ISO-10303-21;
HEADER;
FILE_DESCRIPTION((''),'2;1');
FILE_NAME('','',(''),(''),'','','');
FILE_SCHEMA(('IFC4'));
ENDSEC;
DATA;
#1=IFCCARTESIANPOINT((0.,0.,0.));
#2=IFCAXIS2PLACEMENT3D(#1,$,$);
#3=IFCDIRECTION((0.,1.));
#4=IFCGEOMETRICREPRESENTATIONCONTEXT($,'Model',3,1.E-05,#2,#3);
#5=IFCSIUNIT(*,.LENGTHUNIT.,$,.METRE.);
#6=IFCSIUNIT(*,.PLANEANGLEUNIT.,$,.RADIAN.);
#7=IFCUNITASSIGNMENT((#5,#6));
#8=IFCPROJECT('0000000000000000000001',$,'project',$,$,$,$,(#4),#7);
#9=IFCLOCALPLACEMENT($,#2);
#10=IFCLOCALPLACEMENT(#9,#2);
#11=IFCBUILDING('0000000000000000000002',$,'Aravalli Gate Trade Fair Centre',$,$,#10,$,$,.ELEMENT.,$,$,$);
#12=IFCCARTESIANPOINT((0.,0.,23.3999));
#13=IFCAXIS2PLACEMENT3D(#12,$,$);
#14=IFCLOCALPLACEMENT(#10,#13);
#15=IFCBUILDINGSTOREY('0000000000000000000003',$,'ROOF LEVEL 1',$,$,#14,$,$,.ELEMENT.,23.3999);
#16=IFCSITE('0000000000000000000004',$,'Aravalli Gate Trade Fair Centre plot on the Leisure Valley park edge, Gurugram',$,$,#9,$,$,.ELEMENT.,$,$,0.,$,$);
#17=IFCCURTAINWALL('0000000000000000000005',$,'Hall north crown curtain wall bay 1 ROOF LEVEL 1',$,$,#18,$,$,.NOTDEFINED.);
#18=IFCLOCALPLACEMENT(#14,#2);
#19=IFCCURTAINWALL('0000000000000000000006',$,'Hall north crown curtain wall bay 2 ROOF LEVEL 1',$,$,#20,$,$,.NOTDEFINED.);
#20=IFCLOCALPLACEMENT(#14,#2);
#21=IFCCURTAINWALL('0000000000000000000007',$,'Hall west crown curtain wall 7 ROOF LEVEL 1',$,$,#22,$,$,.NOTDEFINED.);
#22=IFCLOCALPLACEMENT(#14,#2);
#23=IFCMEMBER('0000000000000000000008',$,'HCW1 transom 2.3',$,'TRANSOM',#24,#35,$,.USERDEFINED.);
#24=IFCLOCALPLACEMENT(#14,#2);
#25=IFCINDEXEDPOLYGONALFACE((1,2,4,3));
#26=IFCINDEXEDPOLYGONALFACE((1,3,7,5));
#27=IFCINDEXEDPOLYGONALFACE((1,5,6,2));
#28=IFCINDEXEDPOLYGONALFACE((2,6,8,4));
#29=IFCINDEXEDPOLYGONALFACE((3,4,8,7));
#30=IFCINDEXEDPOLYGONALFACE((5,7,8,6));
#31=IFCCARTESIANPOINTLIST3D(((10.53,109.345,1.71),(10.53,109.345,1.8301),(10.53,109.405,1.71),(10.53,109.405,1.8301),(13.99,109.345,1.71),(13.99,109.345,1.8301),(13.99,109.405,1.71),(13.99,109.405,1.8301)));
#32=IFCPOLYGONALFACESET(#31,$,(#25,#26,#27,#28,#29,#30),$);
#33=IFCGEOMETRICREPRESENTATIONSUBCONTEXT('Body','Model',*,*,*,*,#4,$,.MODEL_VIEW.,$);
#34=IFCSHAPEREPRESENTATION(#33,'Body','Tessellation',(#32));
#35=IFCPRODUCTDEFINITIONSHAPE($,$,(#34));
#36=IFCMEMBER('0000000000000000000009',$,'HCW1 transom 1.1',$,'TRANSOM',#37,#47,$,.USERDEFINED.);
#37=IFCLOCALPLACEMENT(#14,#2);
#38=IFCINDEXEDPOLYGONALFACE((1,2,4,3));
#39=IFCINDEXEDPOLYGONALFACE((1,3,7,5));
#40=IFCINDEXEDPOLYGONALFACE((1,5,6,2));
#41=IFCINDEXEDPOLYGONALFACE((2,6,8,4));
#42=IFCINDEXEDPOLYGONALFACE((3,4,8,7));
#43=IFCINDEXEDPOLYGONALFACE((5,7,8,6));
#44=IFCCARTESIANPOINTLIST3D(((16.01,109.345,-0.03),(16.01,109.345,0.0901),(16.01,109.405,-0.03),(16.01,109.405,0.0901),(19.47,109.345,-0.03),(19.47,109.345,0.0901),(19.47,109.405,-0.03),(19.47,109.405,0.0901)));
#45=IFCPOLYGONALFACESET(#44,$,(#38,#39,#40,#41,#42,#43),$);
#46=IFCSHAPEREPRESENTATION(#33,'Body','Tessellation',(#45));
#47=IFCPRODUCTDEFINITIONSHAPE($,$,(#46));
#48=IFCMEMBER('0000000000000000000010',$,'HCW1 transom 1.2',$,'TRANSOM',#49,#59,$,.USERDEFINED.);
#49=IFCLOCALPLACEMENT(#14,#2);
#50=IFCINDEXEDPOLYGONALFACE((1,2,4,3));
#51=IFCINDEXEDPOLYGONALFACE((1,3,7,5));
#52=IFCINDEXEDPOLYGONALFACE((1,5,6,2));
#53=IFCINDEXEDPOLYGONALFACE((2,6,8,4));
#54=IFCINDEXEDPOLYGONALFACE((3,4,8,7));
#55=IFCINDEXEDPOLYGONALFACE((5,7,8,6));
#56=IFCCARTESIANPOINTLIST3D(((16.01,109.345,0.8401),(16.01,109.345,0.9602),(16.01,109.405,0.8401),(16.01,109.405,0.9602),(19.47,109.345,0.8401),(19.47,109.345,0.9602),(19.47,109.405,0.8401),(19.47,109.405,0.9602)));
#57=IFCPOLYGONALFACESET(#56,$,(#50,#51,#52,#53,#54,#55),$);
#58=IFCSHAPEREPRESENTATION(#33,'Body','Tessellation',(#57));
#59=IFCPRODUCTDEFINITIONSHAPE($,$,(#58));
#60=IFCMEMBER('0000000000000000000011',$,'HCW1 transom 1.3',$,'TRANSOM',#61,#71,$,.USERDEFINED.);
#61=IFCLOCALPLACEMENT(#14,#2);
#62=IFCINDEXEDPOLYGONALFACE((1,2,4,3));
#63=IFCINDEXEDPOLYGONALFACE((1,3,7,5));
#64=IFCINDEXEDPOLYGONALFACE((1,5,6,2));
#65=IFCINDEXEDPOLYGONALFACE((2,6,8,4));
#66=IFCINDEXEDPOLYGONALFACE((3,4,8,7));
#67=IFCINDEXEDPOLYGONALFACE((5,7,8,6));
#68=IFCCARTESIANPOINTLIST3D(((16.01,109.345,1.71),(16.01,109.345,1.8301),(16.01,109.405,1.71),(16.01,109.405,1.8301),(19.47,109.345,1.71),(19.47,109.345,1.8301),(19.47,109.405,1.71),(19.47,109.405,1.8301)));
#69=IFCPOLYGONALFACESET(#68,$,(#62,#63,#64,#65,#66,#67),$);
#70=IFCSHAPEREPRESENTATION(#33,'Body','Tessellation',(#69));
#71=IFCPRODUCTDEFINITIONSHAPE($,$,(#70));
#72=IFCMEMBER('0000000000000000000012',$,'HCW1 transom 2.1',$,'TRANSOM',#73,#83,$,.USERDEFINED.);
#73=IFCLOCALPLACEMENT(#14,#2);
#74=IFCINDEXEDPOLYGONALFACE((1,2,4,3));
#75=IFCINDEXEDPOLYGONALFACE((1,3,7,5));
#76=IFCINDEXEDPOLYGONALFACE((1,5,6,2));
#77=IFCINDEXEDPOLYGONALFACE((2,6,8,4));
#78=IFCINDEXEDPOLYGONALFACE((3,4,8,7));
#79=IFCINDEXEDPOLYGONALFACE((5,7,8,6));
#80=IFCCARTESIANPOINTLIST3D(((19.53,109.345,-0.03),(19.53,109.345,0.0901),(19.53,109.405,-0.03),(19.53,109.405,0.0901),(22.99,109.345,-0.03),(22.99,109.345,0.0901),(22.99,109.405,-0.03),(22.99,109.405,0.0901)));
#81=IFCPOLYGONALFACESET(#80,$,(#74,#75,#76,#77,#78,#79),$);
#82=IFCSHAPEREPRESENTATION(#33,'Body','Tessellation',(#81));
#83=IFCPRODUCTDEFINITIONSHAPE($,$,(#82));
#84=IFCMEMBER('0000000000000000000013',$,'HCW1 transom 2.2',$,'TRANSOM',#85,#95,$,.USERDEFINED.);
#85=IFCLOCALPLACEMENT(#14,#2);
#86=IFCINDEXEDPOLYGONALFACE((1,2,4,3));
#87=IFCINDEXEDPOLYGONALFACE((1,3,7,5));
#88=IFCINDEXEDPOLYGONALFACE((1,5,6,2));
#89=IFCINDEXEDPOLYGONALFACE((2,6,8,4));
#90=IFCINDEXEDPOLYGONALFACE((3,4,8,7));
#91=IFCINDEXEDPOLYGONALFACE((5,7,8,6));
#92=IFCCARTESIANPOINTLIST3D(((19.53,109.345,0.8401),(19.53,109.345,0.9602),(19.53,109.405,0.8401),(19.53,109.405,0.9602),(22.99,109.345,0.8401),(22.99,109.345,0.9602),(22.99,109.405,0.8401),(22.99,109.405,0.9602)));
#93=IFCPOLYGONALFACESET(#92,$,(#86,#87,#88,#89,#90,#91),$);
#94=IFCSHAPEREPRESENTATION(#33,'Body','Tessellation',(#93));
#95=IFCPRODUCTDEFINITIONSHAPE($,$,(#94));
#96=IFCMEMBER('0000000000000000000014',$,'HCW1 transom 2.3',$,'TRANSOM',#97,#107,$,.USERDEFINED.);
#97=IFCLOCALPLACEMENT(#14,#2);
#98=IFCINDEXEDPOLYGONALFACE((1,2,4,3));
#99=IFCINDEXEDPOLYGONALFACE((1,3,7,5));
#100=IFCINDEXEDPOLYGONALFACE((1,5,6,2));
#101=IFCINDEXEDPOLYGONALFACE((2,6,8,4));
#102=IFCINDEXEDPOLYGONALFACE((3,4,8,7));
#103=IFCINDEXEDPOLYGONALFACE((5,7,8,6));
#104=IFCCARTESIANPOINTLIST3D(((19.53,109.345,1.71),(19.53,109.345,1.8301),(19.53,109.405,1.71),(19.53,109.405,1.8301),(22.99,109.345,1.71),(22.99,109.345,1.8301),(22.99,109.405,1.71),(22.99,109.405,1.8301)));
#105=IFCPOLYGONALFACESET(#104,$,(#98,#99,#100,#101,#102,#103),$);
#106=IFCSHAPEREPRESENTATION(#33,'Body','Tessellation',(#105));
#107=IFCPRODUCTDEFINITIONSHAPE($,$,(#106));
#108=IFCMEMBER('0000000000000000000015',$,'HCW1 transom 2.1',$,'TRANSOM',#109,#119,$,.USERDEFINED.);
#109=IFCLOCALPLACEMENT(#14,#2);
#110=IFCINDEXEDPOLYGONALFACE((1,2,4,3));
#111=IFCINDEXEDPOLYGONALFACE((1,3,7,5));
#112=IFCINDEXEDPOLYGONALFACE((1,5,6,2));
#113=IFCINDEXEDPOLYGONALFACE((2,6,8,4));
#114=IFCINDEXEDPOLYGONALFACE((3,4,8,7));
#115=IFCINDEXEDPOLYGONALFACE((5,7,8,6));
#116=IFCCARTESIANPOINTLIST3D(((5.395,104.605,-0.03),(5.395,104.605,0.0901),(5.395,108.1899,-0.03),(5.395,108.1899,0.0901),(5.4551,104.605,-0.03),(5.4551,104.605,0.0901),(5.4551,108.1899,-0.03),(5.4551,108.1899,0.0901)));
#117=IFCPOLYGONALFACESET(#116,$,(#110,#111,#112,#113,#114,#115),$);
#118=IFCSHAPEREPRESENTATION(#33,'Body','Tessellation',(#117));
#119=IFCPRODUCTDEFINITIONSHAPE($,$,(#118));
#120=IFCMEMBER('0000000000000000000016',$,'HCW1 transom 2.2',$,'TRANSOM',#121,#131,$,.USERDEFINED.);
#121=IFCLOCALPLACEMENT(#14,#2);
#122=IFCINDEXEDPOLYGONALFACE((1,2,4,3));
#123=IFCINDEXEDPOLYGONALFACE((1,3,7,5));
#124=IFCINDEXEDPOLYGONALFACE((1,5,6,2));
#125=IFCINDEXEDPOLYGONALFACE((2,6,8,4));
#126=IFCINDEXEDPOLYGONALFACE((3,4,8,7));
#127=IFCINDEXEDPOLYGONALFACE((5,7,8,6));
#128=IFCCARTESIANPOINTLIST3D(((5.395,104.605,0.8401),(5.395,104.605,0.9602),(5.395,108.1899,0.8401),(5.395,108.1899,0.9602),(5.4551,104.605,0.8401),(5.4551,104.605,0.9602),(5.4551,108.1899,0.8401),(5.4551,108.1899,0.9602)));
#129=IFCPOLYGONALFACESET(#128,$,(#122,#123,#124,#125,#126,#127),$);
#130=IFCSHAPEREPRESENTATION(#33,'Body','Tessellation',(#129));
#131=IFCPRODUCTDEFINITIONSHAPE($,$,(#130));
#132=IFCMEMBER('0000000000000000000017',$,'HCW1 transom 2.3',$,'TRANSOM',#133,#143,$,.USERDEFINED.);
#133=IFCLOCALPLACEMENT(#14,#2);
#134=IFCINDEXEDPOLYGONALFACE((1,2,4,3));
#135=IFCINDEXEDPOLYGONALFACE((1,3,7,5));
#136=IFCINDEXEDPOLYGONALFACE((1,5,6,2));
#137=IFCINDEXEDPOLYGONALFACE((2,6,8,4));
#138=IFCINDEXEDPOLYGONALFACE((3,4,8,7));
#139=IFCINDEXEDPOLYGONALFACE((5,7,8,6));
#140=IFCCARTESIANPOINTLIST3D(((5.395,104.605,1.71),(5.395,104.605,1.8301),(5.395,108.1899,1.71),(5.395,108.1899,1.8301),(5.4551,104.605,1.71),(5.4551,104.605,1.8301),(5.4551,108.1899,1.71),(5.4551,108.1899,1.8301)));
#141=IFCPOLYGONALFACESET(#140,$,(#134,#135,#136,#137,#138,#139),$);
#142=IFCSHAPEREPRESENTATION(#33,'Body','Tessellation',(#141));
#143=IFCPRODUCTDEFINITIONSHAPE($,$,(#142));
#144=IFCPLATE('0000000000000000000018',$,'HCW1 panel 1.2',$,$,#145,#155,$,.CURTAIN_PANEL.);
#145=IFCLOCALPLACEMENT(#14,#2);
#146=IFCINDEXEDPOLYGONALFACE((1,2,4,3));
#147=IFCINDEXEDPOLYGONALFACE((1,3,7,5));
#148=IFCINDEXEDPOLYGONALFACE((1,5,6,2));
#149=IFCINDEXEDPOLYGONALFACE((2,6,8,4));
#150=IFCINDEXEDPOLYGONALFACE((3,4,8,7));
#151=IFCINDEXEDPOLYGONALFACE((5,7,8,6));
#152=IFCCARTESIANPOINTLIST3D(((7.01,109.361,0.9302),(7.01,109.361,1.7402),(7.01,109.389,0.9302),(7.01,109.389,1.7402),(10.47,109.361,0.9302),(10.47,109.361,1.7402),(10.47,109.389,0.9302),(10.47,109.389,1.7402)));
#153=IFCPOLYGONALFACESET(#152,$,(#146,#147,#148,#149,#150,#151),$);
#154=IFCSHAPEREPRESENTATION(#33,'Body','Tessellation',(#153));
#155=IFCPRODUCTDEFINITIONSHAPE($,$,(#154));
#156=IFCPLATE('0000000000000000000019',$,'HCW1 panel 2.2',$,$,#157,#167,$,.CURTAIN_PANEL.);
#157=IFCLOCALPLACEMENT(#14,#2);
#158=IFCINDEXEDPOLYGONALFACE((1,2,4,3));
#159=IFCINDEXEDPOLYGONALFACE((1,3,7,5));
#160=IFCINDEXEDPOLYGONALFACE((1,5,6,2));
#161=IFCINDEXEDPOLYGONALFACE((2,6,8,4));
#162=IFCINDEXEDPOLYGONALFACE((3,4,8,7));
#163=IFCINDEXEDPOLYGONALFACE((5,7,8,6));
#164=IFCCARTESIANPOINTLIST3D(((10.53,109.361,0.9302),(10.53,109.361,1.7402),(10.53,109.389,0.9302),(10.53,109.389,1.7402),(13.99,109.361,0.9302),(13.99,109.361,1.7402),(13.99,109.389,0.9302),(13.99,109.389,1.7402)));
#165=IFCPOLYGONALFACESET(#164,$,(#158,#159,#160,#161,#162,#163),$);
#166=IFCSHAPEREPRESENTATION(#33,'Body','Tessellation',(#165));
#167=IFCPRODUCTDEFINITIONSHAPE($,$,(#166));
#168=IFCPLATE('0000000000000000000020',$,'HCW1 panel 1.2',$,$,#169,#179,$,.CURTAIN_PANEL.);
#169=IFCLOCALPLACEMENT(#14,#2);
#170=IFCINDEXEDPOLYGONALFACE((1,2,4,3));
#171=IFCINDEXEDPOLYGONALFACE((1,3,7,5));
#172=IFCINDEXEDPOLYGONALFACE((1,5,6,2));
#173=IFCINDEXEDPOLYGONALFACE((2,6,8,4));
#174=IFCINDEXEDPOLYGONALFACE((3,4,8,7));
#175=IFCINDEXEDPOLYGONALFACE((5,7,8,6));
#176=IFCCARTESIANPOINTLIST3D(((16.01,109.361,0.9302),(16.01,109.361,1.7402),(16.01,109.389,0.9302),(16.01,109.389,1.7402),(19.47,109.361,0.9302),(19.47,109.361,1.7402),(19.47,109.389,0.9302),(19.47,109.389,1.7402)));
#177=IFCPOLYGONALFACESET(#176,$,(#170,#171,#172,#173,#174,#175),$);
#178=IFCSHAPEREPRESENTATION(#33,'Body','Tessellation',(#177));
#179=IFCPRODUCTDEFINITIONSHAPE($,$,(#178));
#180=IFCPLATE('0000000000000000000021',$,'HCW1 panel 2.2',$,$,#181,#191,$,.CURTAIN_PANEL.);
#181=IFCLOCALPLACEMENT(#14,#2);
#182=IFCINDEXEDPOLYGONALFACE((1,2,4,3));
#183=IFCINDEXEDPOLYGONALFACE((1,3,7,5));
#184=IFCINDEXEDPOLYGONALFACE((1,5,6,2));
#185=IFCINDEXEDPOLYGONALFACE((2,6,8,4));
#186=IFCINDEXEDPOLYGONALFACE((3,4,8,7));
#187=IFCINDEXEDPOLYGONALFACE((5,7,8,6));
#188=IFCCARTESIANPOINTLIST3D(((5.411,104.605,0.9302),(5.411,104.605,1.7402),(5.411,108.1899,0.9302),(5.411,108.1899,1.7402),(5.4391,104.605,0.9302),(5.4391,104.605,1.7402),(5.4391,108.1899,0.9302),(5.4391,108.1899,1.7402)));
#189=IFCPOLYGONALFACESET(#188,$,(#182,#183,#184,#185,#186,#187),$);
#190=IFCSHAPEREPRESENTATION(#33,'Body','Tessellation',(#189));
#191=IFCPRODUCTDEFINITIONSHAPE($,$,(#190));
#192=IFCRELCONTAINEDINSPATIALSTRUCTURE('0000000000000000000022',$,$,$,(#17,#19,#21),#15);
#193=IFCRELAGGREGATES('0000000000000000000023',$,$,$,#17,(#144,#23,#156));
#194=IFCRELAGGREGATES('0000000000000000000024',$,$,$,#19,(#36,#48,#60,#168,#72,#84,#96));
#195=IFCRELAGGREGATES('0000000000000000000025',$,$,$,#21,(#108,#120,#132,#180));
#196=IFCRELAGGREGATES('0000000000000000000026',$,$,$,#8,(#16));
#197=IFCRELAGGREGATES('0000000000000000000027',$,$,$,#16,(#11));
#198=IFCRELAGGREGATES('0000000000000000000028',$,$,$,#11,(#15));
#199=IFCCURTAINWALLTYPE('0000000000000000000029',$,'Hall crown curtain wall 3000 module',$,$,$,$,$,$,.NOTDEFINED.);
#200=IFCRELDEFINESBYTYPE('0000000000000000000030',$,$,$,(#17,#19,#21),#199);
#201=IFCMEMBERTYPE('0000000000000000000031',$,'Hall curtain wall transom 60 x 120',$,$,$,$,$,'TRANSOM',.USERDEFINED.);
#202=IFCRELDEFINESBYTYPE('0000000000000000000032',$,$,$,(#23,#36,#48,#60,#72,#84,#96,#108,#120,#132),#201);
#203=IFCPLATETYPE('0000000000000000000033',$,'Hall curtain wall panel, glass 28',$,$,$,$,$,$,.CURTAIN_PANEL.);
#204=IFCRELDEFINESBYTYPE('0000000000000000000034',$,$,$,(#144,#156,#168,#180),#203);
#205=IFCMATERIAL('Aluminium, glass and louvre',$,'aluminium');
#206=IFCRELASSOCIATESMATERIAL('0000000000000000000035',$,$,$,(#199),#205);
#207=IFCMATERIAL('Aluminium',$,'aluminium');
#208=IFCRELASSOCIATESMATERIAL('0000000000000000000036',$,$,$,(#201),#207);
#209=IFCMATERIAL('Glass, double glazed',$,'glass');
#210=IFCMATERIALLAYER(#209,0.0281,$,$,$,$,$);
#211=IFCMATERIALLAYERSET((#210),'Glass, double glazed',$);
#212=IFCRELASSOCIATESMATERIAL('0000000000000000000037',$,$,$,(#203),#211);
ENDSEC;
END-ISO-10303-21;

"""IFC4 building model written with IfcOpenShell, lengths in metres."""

from ifc_helpers import new_model, si_unit, direction, frame, origin, origin_2d, place, context, subcontext, project, spatial, rectangle, extrude, material, layer, layer_set, material_profile, profile_set, type_object, element, aggregate, save


model = new_model("IFC4")

# Units and contexts
model_context = context("Model", 3, precision=1e-05, world=origin(), true_north=direction((0.0, 1.0)))
body_context = subcontext(model_context, "Body", "Model", "MODEL_VIEW")
ifc_project = project(units=[si_unit("LENGTHUNIT", "METRE"), si_unit("PLANEANGLEUNIT", "RADIAN")], contexts=[model_context])

# Site, building, storey
site_placement = place(None, origin())
site = spatial("IfcSite", under=ifc_project, at=site_placement, Name="Aravalli Gate Trade Fair Centre plot on the Leisure Valley park edge, Gurugram", CompositionType="ELEMENT", RefElevation=0.0)
building_placement = place(site_placement, origin())
building = spatial("IfcBuilding", under=site, at=building_placement, Name="Aravalli Gate Trade Fair Centre", CompositionType="ELEMENT")
storey_placement = place(building_placement, frame((0.0, 0.0, 23.3999)))
storey = spatial("IfcBuildingStorey", under=building, at=storey_placement, Name="ROOF LEVEL 1", CompositionType="ELEMENT", Elevation=23.3999)

# Curtain walls
ifc_material_1 = material(Name="Aluminium, glass and louvre", Category="aluminium")
curtain_wall_type = type_object("IfcCurtainWallType", Name="Hall crown curtain wall 3000 module", PredefinedType="NOTDEFINED", material=ifc_material_1)
curtain_wall_1_placement = place(storey_placement, origin())
curtain_wall_1 = element("IfcCurtainWall", 1, at=curtain_wall_1_placement, inside=storey, type_object=curtain_wall_type, Name="Hall north crown curtain wall bay 1 ROOF LEVEL 1", PredefinedType="NOTDEFINED")
ifc_material_2 = material(Name="Aluminium", Category="aluminium")
curtain_wall_2_placement = place(storey_placement, origin())
curtain_wall_2 = element("IfcCurtainWall", 2, at=curtain_wall_2_placement, inside=storey, type_object=curtain_wall_type, Name="Hall north crown curtain wall bay 2 ROOF LEVEL 1", PredefinedType="NOTDEFINED")
curtain_wall_3_placement = place(storey_placement, origin())
curtain_wall_3 = element("IfcCurtainWall", 3, at=curtain_wall_3_placement, inside=storey, type_object=curtain_wall_type, Name="Hall west crown curtain wall 7 ROOF LEVEL 1", PredefinedType="NOTDEFINED")

# Members
ifc_material_profile_1 = material_profile(ifc_material_2, rectangle(XDim=0.0601, YDim=0.1201, at=origin_2d()), Name="Hall curtain wall transom 60 x 120")
ifc_profile_set_1 = profile_set([ifc_material_profile_1], Name="Aluminium")
member_type_1 = type_object("IfcMemberType", Name="Hall curtain wall transom 60 x 120", ElementType="TRANSOM", PredefinedType="USERDEFINED", material=ifc_profile_set_1)
member_1_placement = place(storey_placement, frame((10.53, 109.375, 1.77), z_axis=(1.0, 0.0, 0.0), x_axis=(0.0, 1.0, 0.0)))
member_1 = element("IfcMember", 4, at=member_1_placement, type_object=member_type_1, Name="HCW1 transom 2.3", ObjectType="TRANSOM", PredefinedType="USERDEFINED", context=body_context, shape_type="SweptSolid", body=[
    extrude(rectangle(XDim=0.0601, YDim=0.1201, at=origin_2d()), origin(), (0.0, 0.0, 1.0), 3.46),
])
member_2_placement = place(storey_placement, frame((16.01, 109.375, 0.03), z_axis=(1.0, 0.0, 0.0), x_axis=(0.0, 1.0, 0.0)))
member_2 = element("IfcMember", 5, at=member_2_placement, type_object=member_type_1, Name="HCW1 transom 1.1", ObjectType="TRANSOM", PredefinedType="USERDEFINED", context=body_context, shape_type="SweptSolid", body=[
    extrude(rectangle(XDim=0.0601, YDim=0.1201, at=origin_2d()), origin(), (0.0, 0.0, 1.0), 3.46),
])
member_3_placement = place(storey_placement, frame((16.01, 109.375, 0.9001), z_axis=(1.0, 0.0, 0.0), x_axis=(0.0, 1.0, 0.0)))
member_3 = element("IfcMember", 6, at=member_3_placement, type_object=member_type_1, Name="HCW1 transom 1.2", ObjectType="TRANSOM", PredefinedType="USERDEFINED", context=body_context, shape_type="SweptSolid", body=[
    extrude(rectangle(XDim=0.0601, YDim=0.1201, at=origin_2d()), origin(), (0.0, 0.0, 1.0), 3.46),
])
member_4_placement = place(storey_placement, frame((16.01, 109.375, 1.77), z_axis=(1.0, 0.0, 0.0), x_axis=(0.0, 1.0, 0.0)))
member_4 = element("IfcMember", 7, at=member_4_placement, type_object=member_type_1, Name="HCW1 transom 1.3", ObjectType="TRANSOM", PredefinedType="USERDEFINED", context=body_context, shape_type="SweptSolid", body=[
    extrude(rectangle(XDim=0.0601, YDim=0.1201, at=origin_2d()), origin(), (0.0, 0.0, 1.0), 3.46),
])
member_5_placement = place(storey_placement, frame((19.53, 109.375, 0.03), z_axis=(1.0, 0.0, 0.0), x_axis=(0.0, 1.0, 0.0)))
member_5 = element("IfcMember", 8, at=member_5_placement, type_object=member_type_1, Name="HCW1 transom 2.1", ObjectType="TRANSOM", PredefinedType="USERDEFINED", context=body_context, shape_type="SweptSolid", body=[
    extrude(rectangle(XDim=0.0601, YDim=0.1201, at=origin_2d()), origin(), (0.0, 0.0, 1.0), 3.46),
])
member_6_placement = place(storey_placement, frame((19.53, 109.375, 0.9001), z_axis=(1.0, 0.0, 0.0), x_axis=(0.0, 1.0, 0.0)))
member_6 = element("IfcMember", 9, at=member_6_placement, type_object=member_type_1, Name="HCW1 transom 2.2", ObjectType="TRANSOM", PredefinedType="USERDEFINED", context=body_context, shape_type="SweptSolid", body=[
    extrude(rectangle(XDim=0.0601, YDim=0.1201, at=origin_2d()), origin(), (0.0, 0.0, 1.0), 3.46),
])
member_7_placement = place(storey_placement, frame((19.53, 109.375, 1.77), z_axis=(1.0, 0.0, 0.0), x_axis=(0.0, 1.0, 0.0)))
member_7 = element("IfcMember", 10, at=member_7_placement, type_object=member_type_1, Name="HCW1 transom 2.3", ObjectType="TRANSOM", PredefinedType="USERDEFINED", context=body_context, shape_type="SweptSolid", body=[
    extrude(rectangle(XDim=0.0601, YDim=0.1201, at=origin_2d()), origin(), (0.0, 0.0, 1.0), 3.46),
])
member_8_placement = place(storey_placement, frame((5.425, 104.605, 0.03), z_axis=(0.0, 1.0, 0.0), x_axis=(-1.0, 0.0, 0.0)))
member_8 = element("IfcMember", 11, at=member_8_placement, type_object=member_type_1, Name="HCW1 transom 2.1", ObjectType="TRANSOM", PredefinedType="USERDEFINED", context=body_context, shape_type="SweptSolid", body=[
    extrude(rectangle(XDim=0.0601, YDim=0.1201, at=origin_2d()), origin(), (0.0, 0.0, 1.0), 3.585),
])
member_9_placement = place(storey_placement, frame((5.425, 104.605, 0.9001), z_axis=(0.0, 1.0, 0.0), x_axis=(-1.0, 0.0, 0.0)))
member_9 = element("IfcMember", 12, at=member_9_placement, type_object=member_type_1, Name="HCW1 transom 2.2", ObjectType="TRANSOM", PredefinedType="USERDEFINED", context=body_context, shape_type="SweptSolid", body=[
    extrude(rectangle(XDim=0.0601, YDim=0.1201, at=origin_2d()), origin(), (0.0, 0.0, 1.0), 3.585),
])
member_10_placement = place(storey_placement, frame((5.425, 104.605, 1.77), z_axis=(0.0, 1.0, 0.0), x_axis=(-1.0, 0.0, 0.0)))
member_10 = element("IfcMember", 13, at=member_10_placement, type_object=member_type_1, Name="HCW1 transom 2.3", ObjectType="TRANSOM", PredefinedType="USERDEFINED", context=body_context, shape_type="SweptSolid", body=[
    extrude(rectangle(XDim=0.0601, YDim=0.1201, at=origin_2d()), origin(), (0.0, 0.0, 1.0), 3.585),
])

# Plates
ifc_material_3 = material(Name="Glass, double glazed", Category="glass")
ifc_layer_1 = layer(ifc_material_3, 0.0281)
ifc_layer_set_1 = layer_set([ifc_layer_1], Name="Glass, double glazed")
plate_type_1 = type_object("IfcPlateType", Name="Hall curtain wall panel, glass 28", PredefinedType="CURTAIN_PANEL", material=ifc_layer_set_1)
plate_1_placement = place(storey_placement, frame((8.74, 109.375, 0.9302), z_axis=(0.0, 0.0, 1.0), x_axis=(1.0, 0.0, 0.0)))
plate_1 = element("IfcPlate", 14, at=plate_1_placement, type_object=plate_type_1, Name="HCW1 panel 1.2", PredefinedType="CURTAIN_PANEL", context=body_context, shape_type="SweptSolid", body=[
    extrude(rectangle(XDim=3.46, YDim=0.0281, at=origin_2d()), origin(), (0.0, 0.0, 1.0), 0.8101),
])
plate_2_placement = place(storey_placement, frame((12.26, 109.375, 0.9302), z_axis=(0.0, 0.0, 1.0), x_axis=(1.0, 0.0, 0.0)))
plate_2 = element("IfcPlate", 15, at=plate_2_placement, type_object=plate_type_1, Name="HCW1 panel 2.2", PredefinedType="CURTAIN_PANEL", context=body_context, shape_type="SweptSolid", body=[
    extrude(rectangle(XDim=3.46, YDim=0.0281, at=origin_2d()), origin(), (0.0, 0.0, 1.0), 0.8101),
])
plate_3_placement = place(storey_placement, frame((17.74, 109.375, 0.9302), z_axis=(0.0, 0.0, 1.0), x_axis=(1.0, 0.0, 0.0)))
plate_3 = element("IfcPlate", 16, at=plate_3_placement, type_object=plate_type_1, Name="HCW1 panel 1.2", PredefinedType="CURTAIN_PANEL", context=body_context, shape_type="SweptSolid", body=[
    extrude(rectangle(XDim=3.46, YDim=0.0281, at=origin_2d()), origin(), (0.0, 0.0, 1.0), 0.8101),
])
plate_4_placement = place(storey_placement, frame((5.425, 106.3975, 0.9302), z_axis=(0.0, 0.0, 1.0), x_axis=(0.0, 1.0, 0.0)))
plate_4 = element("IfcPlate", 17, at=plate_4_placement, type_object=plate_type_1, Name="HCW1 panel 2.2", PredefinedType="CURTAIN_PANEL", context=body_context, shape_type="SweptSolid", body=[
    extrude(rectangle(XDim=3.585, YDim=0.0281, at=origin_2d()), origin(), (0.0, 0.0, 1.0), 0.8101),
])
aggregate(curtain_wall_1, [plate_1, member_1, plate_2])
aggregate(curtain_wall_2, [member_2, member_3, member_4, plate_3, member_5, member_6, member_7])
aggregate(curtain_wall_3, [member_8, member_9, member_10, plate_4])

save(model, "model.ifc")
